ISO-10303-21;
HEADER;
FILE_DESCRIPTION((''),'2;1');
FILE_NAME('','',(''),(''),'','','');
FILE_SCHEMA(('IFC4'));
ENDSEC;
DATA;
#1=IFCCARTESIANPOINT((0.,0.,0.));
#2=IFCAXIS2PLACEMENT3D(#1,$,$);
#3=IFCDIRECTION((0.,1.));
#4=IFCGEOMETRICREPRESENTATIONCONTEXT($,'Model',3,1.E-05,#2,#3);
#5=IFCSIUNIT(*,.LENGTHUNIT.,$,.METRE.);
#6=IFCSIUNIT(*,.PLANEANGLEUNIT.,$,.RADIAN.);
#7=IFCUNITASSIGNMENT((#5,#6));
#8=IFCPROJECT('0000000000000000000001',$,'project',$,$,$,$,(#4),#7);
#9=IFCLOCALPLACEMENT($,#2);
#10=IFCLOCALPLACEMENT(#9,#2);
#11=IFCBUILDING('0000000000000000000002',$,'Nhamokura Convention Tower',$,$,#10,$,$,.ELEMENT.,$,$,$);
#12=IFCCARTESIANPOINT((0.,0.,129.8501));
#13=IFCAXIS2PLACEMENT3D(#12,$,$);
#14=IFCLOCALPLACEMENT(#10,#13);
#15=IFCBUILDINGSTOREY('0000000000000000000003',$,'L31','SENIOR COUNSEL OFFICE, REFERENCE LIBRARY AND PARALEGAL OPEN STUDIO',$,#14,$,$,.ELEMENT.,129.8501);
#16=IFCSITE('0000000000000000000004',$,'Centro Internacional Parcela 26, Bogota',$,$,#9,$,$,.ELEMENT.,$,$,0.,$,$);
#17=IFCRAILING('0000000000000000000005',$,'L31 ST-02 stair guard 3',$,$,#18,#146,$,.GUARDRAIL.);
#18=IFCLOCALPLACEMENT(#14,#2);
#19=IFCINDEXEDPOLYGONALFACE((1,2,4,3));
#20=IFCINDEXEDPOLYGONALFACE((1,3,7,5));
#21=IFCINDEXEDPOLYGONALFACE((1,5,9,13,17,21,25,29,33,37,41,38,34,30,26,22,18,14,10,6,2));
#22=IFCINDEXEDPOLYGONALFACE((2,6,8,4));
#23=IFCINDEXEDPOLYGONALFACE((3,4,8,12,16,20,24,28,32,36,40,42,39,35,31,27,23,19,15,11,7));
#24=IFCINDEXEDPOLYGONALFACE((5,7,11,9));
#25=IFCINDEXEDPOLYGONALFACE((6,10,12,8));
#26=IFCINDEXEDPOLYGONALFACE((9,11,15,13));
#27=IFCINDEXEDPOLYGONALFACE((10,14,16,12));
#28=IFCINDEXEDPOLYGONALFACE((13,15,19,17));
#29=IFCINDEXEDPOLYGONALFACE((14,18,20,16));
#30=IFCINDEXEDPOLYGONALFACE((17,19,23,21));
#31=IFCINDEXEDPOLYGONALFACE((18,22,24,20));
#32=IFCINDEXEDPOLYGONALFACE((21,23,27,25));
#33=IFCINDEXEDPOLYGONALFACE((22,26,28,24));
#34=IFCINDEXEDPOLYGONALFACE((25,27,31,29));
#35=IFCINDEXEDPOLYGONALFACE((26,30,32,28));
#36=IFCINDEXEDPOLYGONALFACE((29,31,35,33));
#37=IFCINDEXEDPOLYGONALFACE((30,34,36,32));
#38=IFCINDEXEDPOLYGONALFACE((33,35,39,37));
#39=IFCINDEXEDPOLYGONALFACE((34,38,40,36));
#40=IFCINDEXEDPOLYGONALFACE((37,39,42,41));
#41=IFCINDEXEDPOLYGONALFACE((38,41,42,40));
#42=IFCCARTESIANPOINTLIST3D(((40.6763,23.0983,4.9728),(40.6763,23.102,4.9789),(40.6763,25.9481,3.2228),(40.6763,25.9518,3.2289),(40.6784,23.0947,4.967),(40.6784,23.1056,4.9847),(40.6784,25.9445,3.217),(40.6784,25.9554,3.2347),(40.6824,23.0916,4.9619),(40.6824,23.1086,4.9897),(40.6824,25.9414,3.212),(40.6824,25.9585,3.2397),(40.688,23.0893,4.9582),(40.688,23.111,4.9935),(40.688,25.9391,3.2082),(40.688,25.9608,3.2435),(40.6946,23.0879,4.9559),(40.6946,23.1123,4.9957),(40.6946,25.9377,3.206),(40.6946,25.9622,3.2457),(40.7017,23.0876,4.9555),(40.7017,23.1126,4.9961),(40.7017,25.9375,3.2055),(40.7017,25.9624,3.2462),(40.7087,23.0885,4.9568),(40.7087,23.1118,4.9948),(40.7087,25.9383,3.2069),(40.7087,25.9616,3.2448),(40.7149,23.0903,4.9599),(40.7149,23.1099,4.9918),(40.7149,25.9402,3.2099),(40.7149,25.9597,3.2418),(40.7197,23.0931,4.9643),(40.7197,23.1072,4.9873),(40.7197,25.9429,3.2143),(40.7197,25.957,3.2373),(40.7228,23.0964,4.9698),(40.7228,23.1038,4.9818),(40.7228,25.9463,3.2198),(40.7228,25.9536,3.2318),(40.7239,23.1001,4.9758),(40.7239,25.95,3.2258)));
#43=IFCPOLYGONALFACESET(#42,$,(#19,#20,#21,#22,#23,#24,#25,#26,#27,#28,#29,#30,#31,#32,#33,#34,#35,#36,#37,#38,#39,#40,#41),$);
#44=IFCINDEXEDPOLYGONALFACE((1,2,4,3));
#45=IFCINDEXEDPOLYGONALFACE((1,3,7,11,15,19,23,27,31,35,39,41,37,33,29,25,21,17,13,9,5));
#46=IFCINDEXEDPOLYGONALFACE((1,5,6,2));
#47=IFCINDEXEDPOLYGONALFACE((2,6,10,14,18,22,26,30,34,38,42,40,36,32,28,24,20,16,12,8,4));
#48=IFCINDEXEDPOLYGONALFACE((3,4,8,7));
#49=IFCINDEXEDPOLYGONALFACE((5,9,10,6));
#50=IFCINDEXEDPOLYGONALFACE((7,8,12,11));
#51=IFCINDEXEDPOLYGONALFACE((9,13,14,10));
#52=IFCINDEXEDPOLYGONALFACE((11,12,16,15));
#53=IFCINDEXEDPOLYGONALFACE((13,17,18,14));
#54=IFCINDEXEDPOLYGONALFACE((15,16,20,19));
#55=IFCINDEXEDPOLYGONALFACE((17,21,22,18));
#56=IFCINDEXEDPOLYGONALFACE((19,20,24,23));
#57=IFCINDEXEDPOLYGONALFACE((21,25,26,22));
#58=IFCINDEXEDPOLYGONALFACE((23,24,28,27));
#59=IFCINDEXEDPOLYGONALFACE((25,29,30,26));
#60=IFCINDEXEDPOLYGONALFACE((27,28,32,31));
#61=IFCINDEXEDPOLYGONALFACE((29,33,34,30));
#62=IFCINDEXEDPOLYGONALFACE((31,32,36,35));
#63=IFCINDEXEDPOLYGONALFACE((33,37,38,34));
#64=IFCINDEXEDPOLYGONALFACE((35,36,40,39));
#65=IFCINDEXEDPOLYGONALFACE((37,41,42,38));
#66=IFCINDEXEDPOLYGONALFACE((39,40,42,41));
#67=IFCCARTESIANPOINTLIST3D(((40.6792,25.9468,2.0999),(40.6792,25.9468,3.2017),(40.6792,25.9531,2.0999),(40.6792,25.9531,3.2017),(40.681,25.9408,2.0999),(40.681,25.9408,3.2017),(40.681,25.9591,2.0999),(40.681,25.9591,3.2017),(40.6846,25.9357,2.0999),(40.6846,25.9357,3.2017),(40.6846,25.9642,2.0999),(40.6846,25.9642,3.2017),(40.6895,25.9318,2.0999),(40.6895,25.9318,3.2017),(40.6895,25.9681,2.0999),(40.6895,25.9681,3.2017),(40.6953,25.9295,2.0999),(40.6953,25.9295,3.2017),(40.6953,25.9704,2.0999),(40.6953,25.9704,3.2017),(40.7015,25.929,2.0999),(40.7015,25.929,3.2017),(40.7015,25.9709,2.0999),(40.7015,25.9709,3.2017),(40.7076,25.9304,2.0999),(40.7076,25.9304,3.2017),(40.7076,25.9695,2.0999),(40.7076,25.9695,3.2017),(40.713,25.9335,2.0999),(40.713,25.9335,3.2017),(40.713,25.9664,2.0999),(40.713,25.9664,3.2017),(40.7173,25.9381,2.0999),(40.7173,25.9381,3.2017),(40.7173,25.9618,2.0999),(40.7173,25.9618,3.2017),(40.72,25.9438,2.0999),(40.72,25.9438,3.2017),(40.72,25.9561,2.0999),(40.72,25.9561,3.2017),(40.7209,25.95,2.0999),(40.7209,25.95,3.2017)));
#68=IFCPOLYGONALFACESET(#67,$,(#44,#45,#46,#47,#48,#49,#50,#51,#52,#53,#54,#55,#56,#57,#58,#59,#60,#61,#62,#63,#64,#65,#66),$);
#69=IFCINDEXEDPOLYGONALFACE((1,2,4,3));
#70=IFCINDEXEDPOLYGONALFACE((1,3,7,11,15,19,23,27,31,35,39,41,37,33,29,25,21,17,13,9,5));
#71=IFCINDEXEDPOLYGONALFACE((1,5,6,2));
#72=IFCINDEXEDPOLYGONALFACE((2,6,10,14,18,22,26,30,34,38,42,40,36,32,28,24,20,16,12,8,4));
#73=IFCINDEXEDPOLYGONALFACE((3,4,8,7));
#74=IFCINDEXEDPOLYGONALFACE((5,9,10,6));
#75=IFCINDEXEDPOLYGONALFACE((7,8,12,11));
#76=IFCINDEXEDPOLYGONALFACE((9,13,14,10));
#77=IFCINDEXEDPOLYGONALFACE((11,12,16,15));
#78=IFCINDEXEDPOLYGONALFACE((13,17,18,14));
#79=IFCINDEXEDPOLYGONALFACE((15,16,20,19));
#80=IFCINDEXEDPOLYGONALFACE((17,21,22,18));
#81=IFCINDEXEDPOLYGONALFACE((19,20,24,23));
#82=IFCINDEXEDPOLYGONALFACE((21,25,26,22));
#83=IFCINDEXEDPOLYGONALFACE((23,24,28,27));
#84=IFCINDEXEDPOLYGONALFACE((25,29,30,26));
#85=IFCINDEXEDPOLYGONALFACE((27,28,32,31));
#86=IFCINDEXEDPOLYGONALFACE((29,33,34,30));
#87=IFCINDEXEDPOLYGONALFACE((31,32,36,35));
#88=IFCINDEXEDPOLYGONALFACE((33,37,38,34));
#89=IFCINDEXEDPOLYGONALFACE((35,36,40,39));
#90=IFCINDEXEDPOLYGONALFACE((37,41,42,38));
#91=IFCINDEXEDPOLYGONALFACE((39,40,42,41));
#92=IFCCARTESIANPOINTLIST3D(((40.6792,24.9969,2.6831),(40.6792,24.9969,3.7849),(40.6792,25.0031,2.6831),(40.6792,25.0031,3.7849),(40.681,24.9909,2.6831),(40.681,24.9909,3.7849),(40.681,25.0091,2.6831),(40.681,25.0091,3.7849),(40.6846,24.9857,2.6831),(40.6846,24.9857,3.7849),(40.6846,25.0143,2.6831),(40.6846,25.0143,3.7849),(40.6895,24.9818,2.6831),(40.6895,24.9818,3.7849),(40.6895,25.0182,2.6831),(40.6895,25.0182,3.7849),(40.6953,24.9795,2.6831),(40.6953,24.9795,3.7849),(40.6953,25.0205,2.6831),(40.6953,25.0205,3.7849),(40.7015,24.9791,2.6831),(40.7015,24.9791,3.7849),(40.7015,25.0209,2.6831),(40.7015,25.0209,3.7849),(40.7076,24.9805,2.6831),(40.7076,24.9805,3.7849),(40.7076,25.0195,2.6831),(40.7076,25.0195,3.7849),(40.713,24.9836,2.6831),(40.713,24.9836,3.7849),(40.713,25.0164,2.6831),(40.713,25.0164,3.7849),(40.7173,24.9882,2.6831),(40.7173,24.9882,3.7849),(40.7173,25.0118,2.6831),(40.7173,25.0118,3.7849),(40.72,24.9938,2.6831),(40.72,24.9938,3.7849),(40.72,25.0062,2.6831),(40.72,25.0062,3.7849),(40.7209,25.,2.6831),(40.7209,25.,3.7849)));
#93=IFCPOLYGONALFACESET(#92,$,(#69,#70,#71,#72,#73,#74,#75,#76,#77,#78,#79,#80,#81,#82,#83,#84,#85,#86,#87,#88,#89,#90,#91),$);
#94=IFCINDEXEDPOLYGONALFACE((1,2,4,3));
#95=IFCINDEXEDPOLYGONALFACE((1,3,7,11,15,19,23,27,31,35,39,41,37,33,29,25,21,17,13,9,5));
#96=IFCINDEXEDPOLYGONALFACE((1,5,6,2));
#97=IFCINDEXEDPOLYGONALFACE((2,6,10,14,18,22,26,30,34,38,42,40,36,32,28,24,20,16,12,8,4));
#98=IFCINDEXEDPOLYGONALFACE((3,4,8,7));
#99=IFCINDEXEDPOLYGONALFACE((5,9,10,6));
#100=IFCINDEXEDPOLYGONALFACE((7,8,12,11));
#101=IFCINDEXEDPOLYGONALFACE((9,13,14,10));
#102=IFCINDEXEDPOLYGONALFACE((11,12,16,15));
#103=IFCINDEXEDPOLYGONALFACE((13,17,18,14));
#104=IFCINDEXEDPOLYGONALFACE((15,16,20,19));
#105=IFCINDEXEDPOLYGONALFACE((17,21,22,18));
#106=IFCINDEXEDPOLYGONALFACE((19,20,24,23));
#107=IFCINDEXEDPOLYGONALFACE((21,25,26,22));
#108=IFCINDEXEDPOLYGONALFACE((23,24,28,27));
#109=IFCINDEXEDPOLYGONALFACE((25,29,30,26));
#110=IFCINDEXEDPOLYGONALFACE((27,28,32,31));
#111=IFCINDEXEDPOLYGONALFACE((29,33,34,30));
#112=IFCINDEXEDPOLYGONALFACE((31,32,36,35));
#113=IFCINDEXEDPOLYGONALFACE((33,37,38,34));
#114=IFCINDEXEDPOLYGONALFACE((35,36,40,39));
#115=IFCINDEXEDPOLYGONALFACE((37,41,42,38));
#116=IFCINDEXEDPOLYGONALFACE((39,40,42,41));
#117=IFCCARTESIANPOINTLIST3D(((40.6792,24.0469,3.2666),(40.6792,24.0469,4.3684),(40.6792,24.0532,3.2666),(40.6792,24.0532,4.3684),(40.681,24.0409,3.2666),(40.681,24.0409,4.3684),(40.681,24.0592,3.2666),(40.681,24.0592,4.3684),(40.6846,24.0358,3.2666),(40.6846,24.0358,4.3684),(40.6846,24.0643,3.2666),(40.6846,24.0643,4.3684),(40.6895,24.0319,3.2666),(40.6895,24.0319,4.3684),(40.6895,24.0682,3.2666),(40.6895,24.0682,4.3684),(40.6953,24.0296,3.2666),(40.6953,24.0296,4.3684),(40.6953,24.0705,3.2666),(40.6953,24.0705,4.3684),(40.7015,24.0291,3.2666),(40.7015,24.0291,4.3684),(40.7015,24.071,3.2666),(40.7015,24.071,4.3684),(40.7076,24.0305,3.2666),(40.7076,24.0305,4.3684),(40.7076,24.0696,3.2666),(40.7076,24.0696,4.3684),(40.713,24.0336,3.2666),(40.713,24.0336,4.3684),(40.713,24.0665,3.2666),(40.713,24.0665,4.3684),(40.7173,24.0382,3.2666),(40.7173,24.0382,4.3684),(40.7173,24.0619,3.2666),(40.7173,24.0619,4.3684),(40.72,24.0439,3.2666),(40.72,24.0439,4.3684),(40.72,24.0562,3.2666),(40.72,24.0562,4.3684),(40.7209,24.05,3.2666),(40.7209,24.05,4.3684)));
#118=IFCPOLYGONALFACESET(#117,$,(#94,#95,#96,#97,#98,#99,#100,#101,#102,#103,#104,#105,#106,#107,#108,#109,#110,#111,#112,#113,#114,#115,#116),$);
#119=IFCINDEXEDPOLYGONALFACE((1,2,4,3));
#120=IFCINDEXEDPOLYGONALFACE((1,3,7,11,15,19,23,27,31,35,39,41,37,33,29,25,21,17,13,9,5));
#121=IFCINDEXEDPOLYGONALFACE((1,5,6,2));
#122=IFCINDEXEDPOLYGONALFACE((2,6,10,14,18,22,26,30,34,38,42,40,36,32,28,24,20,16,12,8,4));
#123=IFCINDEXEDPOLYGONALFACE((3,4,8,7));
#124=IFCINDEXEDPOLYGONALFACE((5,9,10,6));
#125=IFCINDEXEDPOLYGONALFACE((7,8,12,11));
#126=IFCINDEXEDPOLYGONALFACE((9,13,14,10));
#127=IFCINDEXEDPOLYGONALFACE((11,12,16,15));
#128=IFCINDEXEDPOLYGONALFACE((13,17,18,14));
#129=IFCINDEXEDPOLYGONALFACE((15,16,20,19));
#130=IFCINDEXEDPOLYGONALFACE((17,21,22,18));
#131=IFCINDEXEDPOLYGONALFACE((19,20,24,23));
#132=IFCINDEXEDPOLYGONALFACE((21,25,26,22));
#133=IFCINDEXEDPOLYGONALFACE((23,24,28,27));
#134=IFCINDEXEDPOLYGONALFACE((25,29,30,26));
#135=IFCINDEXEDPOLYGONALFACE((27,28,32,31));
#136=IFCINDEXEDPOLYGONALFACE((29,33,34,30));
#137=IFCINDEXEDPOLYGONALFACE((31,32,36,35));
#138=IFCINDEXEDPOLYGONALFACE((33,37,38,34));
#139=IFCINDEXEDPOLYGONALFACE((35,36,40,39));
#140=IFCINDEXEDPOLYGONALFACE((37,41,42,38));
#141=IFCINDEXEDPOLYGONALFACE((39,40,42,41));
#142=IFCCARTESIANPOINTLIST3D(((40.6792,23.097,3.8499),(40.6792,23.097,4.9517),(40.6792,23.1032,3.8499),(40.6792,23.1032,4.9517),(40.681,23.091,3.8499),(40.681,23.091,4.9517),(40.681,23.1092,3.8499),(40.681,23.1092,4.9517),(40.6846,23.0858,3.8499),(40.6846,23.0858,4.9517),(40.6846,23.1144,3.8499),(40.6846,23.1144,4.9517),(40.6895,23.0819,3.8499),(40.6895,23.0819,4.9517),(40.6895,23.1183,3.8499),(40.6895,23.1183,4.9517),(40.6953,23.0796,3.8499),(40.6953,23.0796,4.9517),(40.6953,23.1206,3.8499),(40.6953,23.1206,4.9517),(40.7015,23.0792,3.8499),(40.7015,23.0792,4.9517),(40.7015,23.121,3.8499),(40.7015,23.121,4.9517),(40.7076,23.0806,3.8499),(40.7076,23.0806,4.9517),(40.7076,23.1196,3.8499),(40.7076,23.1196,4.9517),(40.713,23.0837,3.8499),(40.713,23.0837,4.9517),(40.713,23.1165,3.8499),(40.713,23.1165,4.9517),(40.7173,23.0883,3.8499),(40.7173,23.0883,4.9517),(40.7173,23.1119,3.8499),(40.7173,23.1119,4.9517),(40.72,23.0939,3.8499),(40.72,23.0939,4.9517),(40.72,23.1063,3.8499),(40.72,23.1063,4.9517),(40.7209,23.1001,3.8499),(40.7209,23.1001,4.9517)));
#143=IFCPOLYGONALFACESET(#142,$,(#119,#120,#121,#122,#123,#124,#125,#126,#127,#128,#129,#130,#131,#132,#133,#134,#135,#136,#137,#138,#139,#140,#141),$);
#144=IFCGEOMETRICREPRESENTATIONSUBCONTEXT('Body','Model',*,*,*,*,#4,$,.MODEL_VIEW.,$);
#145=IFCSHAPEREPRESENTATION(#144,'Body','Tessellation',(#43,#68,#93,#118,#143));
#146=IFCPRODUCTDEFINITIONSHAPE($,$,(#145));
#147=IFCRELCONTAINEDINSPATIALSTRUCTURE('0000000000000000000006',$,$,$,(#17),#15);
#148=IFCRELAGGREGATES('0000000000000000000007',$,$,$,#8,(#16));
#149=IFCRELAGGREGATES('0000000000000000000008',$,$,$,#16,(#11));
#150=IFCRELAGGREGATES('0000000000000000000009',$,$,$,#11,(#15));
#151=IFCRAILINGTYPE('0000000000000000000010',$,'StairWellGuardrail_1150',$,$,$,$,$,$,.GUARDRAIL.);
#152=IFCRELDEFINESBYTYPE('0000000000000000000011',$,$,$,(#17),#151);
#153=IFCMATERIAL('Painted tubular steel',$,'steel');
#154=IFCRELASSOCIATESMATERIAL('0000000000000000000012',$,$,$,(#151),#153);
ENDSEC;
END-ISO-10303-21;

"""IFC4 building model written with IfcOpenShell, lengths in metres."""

from ifc_helpers import new_model, si_unit, direction, frame, origin, origin_2d, place, context, subcontext, project, spatial, circle, extrude, material, type_object, element, save


model = new_model("IFC4")

# Units and contexts
model_context = context("Model", 3, precision=1e-05, world=origin(), true_north=direction((0.0, 1.0)))
body_context = subcontext(model_context, "Body", "Model", "MODEL_VIEW")
ifc_project = project(units=[si_unit("LENGTHUNIT", "METRE"), si_unit("PLANEANGLEUNIT", "RADIAN")], contexts=[model_context])

# Site, building, storey
site_placement = place(None, origin())
site = spatial("IfcSite", under=ifc_project, at=site_placement, Name="Centro Internacional Parcela 26, Bogota", CompositionType="ELEMENT", RefElevation=0.0)
building_placement = place(site_placement, origin())
building = spatial("IfcBuilding", under=site, at=building_placement, Name="Nhamokura Convention Tower", CompositionType="ELEMENT")
storey_placement = place(building_placement, frame((0.0, 0.0, 129.8501)))
storey = spatial("IfcBuildingStorey", under=building, at=storey_placement, Name="L31", Description="SENIOR COUNSEL OFFICE, REFERENCE LIBRARY AND PARALEGAL OPEN STUDIO", CompositionType="ELEMENT", Elevation=129.8501)

# Railing
ifc_material_1 = material(Name="Painted tubular steel", Category="steel")
railing_type_1 = type_object("IfcRailingType", Name="StairWellGuardrail_1150", PredefinedType="GUARDRAIL", material=ifc_material_1)
railing_1_placement = place(storey_placement, frame((40.7, 25.95, 2.0999)))
element("IfcRailing", 1, at=railing_1_placement, inside=storey, type_object=railing_type_1, Name="L31 ST-02 stair guard 3", PredefinedType="GUARDRAIL", context=body_context, shape_type="SweptSolid", body=[
    extrude(circle(Radius=0.0239, at=origin_2d()), frame((0.0, 0.0, 1.126), z_axis=(0.0, -0.852159, 0.523283), x_axis=(1.0, 0.0, 0.0)), (0.0, 0.0, 1.0), 3.3442),
    extrude(circle(Radius=0.021, at=origin_2d()), origin(), (0.0, 0.0, 1.0), 1.1018),
    extrude(circle(Radius=0.021, at=origin_2d()), frame((0.0, -0.95, 0.5833)), (0.0, 0.0, 1.0), 1.1018),
    extrude(circle(Radius=0.021, at=origin_2d()), frame((0.0, -1.8999, 1.1667)), (0.0, 0.0, 1.0), 1.1018),
    extrude(circle(Radius=0.021, at=origin_2d()), frame((0.0, -2.8499, 1.75)), (0.0, 0.0, 1.0), 1.1018),
])

save(model, "model.ifc")
